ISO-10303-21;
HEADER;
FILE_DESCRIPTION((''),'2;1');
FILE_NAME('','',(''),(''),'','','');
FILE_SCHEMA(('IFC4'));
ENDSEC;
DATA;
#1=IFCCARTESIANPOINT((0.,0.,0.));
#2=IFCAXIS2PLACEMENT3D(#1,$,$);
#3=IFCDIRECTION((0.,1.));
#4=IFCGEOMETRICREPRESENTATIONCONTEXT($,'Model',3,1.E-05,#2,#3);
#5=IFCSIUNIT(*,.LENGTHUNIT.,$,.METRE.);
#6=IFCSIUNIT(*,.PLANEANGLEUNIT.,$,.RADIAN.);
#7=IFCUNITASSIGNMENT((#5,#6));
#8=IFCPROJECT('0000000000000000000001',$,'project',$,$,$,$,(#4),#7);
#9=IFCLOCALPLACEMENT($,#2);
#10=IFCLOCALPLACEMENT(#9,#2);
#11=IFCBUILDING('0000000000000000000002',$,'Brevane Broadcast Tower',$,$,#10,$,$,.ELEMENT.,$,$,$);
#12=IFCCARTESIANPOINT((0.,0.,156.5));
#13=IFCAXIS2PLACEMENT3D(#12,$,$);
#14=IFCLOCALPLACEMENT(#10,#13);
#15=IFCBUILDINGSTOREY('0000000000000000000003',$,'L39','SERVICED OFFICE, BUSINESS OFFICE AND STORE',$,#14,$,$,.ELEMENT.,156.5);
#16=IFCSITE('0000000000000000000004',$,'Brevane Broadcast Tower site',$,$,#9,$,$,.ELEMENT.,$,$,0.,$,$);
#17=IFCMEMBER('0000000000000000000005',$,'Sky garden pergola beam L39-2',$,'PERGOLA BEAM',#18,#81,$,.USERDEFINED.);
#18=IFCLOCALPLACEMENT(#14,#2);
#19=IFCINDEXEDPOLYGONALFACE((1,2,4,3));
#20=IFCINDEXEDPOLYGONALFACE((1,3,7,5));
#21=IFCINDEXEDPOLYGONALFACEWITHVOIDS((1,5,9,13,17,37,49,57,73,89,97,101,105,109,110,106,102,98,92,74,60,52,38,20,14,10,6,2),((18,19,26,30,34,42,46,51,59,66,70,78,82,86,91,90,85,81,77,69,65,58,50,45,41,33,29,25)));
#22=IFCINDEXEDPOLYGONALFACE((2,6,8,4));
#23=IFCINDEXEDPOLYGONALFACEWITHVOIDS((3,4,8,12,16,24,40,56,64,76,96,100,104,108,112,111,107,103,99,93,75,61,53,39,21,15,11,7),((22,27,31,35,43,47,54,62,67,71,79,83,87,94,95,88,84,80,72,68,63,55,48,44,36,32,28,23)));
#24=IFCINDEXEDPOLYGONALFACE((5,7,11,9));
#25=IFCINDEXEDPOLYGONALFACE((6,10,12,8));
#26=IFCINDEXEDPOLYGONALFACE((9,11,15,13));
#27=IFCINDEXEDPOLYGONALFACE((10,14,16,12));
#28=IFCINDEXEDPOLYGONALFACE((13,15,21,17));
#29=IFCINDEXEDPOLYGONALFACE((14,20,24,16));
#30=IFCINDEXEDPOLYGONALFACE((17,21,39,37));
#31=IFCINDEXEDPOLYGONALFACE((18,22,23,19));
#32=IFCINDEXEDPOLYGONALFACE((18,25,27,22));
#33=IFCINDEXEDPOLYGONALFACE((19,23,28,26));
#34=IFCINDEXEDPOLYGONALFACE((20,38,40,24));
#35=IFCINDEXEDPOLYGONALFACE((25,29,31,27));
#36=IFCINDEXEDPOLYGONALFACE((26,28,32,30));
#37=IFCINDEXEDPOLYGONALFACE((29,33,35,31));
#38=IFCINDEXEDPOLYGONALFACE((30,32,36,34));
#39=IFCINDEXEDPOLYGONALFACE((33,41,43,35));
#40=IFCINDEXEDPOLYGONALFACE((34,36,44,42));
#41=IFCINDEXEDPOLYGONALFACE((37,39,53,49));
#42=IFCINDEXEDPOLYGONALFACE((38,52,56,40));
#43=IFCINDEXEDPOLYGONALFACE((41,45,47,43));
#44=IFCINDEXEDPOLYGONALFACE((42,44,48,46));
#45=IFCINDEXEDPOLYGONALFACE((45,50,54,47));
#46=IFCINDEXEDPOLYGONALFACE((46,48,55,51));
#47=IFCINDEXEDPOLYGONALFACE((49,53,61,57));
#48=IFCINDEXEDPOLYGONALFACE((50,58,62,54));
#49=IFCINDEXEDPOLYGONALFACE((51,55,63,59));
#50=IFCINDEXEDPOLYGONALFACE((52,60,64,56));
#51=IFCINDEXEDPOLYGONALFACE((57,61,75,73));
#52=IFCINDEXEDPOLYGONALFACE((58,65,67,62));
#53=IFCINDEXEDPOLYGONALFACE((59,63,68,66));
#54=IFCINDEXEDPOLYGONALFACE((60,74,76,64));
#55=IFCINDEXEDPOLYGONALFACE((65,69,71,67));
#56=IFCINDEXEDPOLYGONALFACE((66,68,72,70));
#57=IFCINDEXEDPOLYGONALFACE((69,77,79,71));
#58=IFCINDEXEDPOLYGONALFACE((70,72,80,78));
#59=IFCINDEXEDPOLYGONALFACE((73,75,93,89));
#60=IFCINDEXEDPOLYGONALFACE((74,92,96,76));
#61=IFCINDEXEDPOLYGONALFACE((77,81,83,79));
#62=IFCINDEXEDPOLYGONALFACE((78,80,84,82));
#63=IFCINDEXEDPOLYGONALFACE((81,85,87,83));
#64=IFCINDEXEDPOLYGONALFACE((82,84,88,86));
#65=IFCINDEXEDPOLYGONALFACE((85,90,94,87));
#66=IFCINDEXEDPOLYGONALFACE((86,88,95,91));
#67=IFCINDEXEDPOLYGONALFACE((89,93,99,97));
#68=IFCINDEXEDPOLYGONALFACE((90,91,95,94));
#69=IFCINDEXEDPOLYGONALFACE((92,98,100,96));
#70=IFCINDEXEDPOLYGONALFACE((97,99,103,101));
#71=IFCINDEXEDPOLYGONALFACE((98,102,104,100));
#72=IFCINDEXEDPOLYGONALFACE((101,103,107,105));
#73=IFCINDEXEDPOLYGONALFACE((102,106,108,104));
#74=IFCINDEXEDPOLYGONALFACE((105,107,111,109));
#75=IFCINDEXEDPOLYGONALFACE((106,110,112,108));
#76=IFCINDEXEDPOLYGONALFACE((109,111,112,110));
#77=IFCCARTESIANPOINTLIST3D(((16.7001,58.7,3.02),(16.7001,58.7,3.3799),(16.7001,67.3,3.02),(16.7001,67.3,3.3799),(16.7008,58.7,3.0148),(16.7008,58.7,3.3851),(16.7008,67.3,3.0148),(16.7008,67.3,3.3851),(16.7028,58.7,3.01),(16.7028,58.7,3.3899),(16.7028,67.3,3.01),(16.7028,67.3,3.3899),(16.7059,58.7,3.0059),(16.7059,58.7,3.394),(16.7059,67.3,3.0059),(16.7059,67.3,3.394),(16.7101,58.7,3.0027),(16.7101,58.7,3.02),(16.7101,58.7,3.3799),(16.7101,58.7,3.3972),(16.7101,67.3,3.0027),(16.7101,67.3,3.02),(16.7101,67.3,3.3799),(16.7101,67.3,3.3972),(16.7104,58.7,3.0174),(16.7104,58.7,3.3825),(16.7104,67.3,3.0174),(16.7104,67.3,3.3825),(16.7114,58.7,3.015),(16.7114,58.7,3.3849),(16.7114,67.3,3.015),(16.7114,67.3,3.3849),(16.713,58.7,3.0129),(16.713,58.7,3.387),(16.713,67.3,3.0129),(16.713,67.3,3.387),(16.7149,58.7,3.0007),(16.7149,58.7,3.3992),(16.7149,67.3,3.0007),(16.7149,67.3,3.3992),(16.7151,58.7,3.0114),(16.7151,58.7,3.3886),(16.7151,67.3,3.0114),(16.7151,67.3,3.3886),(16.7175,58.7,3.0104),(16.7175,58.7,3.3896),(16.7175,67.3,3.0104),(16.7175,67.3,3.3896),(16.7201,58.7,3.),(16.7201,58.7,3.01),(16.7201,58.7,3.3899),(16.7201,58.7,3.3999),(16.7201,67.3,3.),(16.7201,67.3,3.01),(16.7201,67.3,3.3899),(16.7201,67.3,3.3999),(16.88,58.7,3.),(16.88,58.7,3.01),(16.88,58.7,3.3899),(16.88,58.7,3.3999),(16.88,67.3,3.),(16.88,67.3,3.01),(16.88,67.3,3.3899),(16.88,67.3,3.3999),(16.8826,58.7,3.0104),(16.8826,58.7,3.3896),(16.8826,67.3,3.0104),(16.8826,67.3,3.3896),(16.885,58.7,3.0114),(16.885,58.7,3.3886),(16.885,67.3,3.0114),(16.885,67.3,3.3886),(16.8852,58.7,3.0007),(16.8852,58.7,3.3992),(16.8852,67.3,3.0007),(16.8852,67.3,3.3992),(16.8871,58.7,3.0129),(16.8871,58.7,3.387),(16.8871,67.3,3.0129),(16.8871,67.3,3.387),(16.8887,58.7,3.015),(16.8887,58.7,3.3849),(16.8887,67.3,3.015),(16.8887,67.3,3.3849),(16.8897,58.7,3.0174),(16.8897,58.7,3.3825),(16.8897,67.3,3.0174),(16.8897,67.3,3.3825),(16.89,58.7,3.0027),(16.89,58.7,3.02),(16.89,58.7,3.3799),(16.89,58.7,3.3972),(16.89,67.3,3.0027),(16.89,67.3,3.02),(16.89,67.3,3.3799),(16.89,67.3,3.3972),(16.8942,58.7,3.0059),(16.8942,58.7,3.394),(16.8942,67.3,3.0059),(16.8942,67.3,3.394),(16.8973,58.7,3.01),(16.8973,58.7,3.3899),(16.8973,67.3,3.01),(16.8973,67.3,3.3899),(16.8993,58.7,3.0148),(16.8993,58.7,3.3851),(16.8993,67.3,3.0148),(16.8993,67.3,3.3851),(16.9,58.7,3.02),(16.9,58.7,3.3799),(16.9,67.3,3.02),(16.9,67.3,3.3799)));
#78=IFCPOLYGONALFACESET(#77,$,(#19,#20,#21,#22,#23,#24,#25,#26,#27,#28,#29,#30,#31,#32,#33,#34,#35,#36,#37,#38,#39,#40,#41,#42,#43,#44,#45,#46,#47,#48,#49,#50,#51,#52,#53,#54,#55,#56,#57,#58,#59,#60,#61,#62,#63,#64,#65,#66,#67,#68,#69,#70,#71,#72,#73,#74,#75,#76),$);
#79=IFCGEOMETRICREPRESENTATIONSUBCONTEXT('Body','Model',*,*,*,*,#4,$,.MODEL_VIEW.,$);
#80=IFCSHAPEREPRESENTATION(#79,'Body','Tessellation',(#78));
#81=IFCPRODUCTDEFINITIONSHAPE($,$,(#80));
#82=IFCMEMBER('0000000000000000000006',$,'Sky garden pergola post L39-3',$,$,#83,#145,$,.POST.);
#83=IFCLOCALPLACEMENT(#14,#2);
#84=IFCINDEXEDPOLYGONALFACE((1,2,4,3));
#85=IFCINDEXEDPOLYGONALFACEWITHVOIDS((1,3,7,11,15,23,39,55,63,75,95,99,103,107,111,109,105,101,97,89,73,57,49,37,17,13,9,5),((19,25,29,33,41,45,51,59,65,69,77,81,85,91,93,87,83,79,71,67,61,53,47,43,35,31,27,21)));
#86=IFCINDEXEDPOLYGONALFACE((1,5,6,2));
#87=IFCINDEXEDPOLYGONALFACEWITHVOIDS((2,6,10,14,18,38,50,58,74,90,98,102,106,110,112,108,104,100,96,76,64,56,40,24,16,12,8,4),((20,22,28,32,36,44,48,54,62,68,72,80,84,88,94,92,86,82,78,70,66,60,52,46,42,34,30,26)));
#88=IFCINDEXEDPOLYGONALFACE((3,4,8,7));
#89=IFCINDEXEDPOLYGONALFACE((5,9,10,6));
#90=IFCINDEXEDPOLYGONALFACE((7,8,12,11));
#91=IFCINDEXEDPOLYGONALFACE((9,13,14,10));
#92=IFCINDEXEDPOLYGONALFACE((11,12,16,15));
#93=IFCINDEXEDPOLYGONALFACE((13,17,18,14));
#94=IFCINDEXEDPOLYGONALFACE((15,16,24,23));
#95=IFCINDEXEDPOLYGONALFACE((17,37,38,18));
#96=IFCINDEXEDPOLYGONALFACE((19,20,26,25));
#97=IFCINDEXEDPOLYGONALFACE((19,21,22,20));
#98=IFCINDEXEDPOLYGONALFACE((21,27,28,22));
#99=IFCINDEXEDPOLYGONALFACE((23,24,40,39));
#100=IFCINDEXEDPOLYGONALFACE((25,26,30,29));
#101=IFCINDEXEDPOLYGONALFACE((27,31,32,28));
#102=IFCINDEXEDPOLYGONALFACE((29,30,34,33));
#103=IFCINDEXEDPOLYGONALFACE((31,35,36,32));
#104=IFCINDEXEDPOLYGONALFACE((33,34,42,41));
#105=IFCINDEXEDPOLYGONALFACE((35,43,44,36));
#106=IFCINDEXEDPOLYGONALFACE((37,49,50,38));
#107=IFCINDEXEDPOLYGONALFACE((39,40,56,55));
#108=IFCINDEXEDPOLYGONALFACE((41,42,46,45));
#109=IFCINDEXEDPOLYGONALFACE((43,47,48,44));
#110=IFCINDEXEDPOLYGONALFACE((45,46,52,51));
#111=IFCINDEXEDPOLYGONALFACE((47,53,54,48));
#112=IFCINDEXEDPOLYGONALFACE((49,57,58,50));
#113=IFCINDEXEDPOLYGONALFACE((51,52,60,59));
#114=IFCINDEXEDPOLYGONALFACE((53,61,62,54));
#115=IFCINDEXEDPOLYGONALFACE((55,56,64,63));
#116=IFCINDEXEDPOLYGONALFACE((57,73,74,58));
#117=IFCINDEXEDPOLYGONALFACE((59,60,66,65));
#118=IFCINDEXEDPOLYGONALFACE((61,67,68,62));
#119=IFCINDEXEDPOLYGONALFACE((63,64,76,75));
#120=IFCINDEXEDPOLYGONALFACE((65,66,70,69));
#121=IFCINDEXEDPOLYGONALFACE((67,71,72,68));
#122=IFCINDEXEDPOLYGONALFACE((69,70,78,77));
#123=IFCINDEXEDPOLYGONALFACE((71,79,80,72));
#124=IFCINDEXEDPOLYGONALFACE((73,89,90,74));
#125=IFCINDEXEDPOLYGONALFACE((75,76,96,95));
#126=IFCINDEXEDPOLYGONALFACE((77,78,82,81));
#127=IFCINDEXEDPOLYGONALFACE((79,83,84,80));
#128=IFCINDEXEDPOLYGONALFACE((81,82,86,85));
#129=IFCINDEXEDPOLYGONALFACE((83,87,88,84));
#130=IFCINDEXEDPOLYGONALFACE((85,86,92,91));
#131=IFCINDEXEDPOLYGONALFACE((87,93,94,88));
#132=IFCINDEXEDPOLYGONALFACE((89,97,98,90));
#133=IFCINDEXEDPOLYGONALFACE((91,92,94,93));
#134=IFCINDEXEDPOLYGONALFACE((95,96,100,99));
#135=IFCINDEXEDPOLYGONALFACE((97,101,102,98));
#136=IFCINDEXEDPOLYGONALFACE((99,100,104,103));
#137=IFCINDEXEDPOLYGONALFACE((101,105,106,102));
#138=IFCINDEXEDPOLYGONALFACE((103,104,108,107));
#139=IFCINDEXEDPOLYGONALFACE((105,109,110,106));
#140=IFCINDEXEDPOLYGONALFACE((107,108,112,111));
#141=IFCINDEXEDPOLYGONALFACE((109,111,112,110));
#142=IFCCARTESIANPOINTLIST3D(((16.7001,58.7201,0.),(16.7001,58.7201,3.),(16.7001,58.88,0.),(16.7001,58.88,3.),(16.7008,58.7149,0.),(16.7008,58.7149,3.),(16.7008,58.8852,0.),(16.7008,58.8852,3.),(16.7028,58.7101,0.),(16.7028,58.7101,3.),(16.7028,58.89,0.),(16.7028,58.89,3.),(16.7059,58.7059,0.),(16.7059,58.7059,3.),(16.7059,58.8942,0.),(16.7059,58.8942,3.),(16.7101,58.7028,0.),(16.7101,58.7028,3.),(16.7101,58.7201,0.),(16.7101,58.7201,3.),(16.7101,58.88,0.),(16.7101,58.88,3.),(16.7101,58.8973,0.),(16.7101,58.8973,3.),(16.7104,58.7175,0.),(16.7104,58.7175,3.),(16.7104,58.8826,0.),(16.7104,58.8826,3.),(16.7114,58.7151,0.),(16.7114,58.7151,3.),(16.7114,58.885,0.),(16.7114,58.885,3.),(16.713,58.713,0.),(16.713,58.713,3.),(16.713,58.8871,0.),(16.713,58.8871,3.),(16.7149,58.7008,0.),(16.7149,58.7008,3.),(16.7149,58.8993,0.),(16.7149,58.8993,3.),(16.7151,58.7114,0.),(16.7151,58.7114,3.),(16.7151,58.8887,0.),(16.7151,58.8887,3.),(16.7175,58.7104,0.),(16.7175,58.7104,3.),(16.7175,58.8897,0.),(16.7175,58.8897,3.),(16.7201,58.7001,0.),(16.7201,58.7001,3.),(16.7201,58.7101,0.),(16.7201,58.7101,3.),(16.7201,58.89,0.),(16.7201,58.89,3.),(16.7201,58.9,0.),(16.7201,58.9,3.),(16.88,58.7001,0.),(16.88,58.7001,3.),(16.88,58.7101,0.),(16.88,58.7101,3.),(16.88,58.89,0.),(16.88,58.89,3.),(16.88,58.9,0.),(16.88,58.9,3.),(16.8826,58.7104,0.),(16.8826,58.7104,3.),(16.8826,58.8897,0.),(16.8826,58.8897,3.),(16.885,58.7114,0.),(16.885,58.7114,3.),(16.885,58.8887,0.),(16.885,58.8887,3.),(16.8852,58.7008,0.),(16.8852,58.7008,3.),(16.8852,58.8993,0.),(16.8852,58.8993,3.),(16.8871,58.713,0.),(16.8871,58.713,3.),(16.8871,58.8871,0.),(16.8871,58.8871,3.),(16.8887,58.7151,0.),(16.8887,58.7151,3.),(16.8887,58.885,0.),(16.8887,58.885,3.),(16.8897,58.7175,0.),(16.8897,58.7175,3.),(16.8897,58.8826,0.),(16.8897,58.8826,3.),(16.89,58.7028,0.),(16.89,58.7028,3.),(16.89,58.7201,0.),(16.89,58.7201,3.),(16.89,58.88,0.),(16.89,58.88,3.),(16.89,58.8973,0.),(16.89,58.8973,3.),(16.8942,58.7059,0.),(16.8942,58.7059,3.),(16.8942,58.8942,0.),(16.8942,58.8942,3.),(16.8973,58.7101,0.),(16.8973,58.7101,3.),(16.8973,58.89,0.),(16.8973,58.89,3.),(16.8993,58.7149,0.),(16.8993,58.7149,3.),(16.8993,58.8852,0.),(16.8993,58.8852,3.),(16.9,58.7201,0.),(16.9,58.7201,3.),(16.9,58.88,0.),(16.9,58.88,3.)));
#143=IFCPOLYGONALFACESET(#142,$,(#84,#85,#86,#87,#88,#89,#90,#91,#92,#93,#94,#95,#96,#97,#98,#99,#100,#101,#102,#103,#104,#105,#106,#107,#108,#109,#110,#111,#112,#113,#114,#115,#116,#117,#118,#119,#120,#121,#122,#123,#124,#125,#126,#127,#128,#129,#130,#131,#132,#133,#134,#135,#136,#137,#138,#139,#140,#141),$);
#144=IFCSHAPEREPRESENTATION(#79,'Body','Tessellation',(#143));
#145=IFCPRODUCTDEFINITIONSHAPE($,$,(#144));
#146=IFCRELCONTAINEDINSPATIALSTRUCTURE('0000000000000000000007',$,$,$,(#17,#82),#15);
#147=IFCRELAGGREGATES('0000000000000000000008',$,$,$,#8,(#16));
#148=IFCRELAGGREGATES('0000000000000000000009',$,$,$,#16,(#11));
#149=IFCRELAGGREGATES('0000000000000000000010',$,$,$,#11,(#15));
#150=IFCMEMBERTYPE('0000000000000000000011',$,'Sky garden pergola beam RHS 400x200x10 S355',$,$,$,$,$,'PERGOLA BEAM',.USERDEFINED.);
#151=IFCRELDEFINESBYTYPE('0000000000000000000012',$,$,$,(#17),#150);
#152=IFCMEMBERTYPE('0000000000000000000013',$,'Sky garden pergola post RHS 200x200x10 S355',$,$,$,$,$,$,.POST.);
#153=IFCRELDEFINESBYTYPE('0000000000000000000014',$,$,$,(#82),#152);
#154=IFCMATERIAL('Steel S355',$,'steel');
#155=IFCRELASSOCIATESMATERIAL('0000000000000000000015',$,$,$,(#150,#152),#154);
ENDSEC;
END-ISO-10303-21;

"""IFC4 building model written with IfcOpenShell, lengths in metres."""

from ifc_helpers import new_model, si_unit, direction, frame, origin, origin_2d, place, context, subcontext, project, spatial, hollow_rectangle, extrude, material, material_profile, profile_set, type_object, element, save


model = new_model("IFC4")

# Units and contexts
model_context = context("Model", 3, precision=1e-05, world=origin(), true_north=direction((0.0, 1.0)))
body_context = subcontext(model_context, "Body", "Model", "MODEL_VIEW")
ifc_project = project(units=[si_unit("LENGTHUNIT", "METRE"), si_unit("PLANEANGLEUNIT", "RADIAN")], contexts=[model_context])

# Site, building, storey
site_placement = place(None, origin())
site = spatial("IfcSite", under=ifc_project, at=site_placement, Name="Brevane Broadcast Tower site", CompositionType="ELEMENT", RefElevation=0.0)
building_placement = place(site_placement, origin())
building = spatial("IfcBuilding", under=site, at=building_placement, Name="Brevane Broadcast Tower", CompositionType="ELEMENT")
storey_placement = place(building_placement, frame((0.0, 0.0, 156.5)))
storey = spatial("IfcBuildingStorey", under=building, at=storey_placement, Name="L39", Description="SERVICED OFFICE, BUSINESS OFFICE AND STORE", CompositionType="ELEMENT", Elevation=156.5)

# Members
ifc_material_1 = material(Name="Steel S355", Category="steel")
ifc_material_profile_1 = material_profile(ifc_material_1, hollow_rectangle(XDim=0.2, YDim=0.3999, WallThickness=0.01, InnerFilletRadius=0.01, OuterFilletRadius=0.02, at=origin_2d()), Name="RHS 400x200x10")
ifc_profile_set_1 = profile_set([ifc_material_profile_1], Name="Steel S355")
member_type_1 = type_object("IfcMemberType", Name="Sky garden pergola beam RHS 400x200x10 S355", ElementType="PERGOLA BEAM", PredefinedType="USERDEFINED", material=ifc_profile_set_1)
member_1_placement = place(storey_placement, frame((16.8, 58.7, 3.2), z_axis=(0.0, 1.0, 0.0), x_axis=(-1.0, 0.0, 0.0)))
element("IfcMember", 1, at=member_1_placement, inside=storey, type_object=member_type_1, Name="Sky garden pergola beam L39-2", ObjectType="PERGOLA BEAM", PredefinedType="USERDEFINED", context=body_context, shape_type="SweptSolid", body=[
    extrude(hollow_rectangle(XDim=0.2, YDim=0.3999, WallThickness=0.01, InnerFilletRadius=0.01, OuterFilletRadius=0.02, at=origin_2d()), origin(), (0.0, 0.0, 1.0), 8.6001),
])
ifc_material_profile_2 = material_profile(ifc_material_1, hollow_rectangle(XDim=0.2, YDim=0.2, WallThickness=0.01, InnerFilletRadius=0.01, OuterFilletRadius=0.02, at=origin_2d()), Name="RHS 200x200x10")
ifc_profile_set_2 = profile_set([ifc_material_profile_2], Name="Steel S355")
member_type_2 = type_object("IfcMemberType", Name="Sky garden pergola post RHS 200x200x10 S355", PredefinedType="POST", material=ifc_profile_set_2)
for number, where, z_axis, x_axis, name in (
    (2, (16.8, 58.8, 0.0), (0.0, 0.0, 1.0), (1.0, 0.0, 0.0), "Sky garden pergola post L39-3"),
):
    element("IfcMember", number, at=place(storey_placement, frame(where, z_axis=z_axis, x_axis=x_axis)), inside=storey, type_object=member_type_2, Name=name, PredefinedType="POST", context=body_context, shape_type="SweptSolid", body=[
        extrude(hollow_rectangle(XDim=0.2, YDim=0.2, WallThickness=0.01, InnerFilletRadius=0.01, OuterFilletRadius=0.02, at=origin_2d()), origin(), (0.0, 0.0, 1.0), 3.0),
    ])

save(model, "model.ifc")
